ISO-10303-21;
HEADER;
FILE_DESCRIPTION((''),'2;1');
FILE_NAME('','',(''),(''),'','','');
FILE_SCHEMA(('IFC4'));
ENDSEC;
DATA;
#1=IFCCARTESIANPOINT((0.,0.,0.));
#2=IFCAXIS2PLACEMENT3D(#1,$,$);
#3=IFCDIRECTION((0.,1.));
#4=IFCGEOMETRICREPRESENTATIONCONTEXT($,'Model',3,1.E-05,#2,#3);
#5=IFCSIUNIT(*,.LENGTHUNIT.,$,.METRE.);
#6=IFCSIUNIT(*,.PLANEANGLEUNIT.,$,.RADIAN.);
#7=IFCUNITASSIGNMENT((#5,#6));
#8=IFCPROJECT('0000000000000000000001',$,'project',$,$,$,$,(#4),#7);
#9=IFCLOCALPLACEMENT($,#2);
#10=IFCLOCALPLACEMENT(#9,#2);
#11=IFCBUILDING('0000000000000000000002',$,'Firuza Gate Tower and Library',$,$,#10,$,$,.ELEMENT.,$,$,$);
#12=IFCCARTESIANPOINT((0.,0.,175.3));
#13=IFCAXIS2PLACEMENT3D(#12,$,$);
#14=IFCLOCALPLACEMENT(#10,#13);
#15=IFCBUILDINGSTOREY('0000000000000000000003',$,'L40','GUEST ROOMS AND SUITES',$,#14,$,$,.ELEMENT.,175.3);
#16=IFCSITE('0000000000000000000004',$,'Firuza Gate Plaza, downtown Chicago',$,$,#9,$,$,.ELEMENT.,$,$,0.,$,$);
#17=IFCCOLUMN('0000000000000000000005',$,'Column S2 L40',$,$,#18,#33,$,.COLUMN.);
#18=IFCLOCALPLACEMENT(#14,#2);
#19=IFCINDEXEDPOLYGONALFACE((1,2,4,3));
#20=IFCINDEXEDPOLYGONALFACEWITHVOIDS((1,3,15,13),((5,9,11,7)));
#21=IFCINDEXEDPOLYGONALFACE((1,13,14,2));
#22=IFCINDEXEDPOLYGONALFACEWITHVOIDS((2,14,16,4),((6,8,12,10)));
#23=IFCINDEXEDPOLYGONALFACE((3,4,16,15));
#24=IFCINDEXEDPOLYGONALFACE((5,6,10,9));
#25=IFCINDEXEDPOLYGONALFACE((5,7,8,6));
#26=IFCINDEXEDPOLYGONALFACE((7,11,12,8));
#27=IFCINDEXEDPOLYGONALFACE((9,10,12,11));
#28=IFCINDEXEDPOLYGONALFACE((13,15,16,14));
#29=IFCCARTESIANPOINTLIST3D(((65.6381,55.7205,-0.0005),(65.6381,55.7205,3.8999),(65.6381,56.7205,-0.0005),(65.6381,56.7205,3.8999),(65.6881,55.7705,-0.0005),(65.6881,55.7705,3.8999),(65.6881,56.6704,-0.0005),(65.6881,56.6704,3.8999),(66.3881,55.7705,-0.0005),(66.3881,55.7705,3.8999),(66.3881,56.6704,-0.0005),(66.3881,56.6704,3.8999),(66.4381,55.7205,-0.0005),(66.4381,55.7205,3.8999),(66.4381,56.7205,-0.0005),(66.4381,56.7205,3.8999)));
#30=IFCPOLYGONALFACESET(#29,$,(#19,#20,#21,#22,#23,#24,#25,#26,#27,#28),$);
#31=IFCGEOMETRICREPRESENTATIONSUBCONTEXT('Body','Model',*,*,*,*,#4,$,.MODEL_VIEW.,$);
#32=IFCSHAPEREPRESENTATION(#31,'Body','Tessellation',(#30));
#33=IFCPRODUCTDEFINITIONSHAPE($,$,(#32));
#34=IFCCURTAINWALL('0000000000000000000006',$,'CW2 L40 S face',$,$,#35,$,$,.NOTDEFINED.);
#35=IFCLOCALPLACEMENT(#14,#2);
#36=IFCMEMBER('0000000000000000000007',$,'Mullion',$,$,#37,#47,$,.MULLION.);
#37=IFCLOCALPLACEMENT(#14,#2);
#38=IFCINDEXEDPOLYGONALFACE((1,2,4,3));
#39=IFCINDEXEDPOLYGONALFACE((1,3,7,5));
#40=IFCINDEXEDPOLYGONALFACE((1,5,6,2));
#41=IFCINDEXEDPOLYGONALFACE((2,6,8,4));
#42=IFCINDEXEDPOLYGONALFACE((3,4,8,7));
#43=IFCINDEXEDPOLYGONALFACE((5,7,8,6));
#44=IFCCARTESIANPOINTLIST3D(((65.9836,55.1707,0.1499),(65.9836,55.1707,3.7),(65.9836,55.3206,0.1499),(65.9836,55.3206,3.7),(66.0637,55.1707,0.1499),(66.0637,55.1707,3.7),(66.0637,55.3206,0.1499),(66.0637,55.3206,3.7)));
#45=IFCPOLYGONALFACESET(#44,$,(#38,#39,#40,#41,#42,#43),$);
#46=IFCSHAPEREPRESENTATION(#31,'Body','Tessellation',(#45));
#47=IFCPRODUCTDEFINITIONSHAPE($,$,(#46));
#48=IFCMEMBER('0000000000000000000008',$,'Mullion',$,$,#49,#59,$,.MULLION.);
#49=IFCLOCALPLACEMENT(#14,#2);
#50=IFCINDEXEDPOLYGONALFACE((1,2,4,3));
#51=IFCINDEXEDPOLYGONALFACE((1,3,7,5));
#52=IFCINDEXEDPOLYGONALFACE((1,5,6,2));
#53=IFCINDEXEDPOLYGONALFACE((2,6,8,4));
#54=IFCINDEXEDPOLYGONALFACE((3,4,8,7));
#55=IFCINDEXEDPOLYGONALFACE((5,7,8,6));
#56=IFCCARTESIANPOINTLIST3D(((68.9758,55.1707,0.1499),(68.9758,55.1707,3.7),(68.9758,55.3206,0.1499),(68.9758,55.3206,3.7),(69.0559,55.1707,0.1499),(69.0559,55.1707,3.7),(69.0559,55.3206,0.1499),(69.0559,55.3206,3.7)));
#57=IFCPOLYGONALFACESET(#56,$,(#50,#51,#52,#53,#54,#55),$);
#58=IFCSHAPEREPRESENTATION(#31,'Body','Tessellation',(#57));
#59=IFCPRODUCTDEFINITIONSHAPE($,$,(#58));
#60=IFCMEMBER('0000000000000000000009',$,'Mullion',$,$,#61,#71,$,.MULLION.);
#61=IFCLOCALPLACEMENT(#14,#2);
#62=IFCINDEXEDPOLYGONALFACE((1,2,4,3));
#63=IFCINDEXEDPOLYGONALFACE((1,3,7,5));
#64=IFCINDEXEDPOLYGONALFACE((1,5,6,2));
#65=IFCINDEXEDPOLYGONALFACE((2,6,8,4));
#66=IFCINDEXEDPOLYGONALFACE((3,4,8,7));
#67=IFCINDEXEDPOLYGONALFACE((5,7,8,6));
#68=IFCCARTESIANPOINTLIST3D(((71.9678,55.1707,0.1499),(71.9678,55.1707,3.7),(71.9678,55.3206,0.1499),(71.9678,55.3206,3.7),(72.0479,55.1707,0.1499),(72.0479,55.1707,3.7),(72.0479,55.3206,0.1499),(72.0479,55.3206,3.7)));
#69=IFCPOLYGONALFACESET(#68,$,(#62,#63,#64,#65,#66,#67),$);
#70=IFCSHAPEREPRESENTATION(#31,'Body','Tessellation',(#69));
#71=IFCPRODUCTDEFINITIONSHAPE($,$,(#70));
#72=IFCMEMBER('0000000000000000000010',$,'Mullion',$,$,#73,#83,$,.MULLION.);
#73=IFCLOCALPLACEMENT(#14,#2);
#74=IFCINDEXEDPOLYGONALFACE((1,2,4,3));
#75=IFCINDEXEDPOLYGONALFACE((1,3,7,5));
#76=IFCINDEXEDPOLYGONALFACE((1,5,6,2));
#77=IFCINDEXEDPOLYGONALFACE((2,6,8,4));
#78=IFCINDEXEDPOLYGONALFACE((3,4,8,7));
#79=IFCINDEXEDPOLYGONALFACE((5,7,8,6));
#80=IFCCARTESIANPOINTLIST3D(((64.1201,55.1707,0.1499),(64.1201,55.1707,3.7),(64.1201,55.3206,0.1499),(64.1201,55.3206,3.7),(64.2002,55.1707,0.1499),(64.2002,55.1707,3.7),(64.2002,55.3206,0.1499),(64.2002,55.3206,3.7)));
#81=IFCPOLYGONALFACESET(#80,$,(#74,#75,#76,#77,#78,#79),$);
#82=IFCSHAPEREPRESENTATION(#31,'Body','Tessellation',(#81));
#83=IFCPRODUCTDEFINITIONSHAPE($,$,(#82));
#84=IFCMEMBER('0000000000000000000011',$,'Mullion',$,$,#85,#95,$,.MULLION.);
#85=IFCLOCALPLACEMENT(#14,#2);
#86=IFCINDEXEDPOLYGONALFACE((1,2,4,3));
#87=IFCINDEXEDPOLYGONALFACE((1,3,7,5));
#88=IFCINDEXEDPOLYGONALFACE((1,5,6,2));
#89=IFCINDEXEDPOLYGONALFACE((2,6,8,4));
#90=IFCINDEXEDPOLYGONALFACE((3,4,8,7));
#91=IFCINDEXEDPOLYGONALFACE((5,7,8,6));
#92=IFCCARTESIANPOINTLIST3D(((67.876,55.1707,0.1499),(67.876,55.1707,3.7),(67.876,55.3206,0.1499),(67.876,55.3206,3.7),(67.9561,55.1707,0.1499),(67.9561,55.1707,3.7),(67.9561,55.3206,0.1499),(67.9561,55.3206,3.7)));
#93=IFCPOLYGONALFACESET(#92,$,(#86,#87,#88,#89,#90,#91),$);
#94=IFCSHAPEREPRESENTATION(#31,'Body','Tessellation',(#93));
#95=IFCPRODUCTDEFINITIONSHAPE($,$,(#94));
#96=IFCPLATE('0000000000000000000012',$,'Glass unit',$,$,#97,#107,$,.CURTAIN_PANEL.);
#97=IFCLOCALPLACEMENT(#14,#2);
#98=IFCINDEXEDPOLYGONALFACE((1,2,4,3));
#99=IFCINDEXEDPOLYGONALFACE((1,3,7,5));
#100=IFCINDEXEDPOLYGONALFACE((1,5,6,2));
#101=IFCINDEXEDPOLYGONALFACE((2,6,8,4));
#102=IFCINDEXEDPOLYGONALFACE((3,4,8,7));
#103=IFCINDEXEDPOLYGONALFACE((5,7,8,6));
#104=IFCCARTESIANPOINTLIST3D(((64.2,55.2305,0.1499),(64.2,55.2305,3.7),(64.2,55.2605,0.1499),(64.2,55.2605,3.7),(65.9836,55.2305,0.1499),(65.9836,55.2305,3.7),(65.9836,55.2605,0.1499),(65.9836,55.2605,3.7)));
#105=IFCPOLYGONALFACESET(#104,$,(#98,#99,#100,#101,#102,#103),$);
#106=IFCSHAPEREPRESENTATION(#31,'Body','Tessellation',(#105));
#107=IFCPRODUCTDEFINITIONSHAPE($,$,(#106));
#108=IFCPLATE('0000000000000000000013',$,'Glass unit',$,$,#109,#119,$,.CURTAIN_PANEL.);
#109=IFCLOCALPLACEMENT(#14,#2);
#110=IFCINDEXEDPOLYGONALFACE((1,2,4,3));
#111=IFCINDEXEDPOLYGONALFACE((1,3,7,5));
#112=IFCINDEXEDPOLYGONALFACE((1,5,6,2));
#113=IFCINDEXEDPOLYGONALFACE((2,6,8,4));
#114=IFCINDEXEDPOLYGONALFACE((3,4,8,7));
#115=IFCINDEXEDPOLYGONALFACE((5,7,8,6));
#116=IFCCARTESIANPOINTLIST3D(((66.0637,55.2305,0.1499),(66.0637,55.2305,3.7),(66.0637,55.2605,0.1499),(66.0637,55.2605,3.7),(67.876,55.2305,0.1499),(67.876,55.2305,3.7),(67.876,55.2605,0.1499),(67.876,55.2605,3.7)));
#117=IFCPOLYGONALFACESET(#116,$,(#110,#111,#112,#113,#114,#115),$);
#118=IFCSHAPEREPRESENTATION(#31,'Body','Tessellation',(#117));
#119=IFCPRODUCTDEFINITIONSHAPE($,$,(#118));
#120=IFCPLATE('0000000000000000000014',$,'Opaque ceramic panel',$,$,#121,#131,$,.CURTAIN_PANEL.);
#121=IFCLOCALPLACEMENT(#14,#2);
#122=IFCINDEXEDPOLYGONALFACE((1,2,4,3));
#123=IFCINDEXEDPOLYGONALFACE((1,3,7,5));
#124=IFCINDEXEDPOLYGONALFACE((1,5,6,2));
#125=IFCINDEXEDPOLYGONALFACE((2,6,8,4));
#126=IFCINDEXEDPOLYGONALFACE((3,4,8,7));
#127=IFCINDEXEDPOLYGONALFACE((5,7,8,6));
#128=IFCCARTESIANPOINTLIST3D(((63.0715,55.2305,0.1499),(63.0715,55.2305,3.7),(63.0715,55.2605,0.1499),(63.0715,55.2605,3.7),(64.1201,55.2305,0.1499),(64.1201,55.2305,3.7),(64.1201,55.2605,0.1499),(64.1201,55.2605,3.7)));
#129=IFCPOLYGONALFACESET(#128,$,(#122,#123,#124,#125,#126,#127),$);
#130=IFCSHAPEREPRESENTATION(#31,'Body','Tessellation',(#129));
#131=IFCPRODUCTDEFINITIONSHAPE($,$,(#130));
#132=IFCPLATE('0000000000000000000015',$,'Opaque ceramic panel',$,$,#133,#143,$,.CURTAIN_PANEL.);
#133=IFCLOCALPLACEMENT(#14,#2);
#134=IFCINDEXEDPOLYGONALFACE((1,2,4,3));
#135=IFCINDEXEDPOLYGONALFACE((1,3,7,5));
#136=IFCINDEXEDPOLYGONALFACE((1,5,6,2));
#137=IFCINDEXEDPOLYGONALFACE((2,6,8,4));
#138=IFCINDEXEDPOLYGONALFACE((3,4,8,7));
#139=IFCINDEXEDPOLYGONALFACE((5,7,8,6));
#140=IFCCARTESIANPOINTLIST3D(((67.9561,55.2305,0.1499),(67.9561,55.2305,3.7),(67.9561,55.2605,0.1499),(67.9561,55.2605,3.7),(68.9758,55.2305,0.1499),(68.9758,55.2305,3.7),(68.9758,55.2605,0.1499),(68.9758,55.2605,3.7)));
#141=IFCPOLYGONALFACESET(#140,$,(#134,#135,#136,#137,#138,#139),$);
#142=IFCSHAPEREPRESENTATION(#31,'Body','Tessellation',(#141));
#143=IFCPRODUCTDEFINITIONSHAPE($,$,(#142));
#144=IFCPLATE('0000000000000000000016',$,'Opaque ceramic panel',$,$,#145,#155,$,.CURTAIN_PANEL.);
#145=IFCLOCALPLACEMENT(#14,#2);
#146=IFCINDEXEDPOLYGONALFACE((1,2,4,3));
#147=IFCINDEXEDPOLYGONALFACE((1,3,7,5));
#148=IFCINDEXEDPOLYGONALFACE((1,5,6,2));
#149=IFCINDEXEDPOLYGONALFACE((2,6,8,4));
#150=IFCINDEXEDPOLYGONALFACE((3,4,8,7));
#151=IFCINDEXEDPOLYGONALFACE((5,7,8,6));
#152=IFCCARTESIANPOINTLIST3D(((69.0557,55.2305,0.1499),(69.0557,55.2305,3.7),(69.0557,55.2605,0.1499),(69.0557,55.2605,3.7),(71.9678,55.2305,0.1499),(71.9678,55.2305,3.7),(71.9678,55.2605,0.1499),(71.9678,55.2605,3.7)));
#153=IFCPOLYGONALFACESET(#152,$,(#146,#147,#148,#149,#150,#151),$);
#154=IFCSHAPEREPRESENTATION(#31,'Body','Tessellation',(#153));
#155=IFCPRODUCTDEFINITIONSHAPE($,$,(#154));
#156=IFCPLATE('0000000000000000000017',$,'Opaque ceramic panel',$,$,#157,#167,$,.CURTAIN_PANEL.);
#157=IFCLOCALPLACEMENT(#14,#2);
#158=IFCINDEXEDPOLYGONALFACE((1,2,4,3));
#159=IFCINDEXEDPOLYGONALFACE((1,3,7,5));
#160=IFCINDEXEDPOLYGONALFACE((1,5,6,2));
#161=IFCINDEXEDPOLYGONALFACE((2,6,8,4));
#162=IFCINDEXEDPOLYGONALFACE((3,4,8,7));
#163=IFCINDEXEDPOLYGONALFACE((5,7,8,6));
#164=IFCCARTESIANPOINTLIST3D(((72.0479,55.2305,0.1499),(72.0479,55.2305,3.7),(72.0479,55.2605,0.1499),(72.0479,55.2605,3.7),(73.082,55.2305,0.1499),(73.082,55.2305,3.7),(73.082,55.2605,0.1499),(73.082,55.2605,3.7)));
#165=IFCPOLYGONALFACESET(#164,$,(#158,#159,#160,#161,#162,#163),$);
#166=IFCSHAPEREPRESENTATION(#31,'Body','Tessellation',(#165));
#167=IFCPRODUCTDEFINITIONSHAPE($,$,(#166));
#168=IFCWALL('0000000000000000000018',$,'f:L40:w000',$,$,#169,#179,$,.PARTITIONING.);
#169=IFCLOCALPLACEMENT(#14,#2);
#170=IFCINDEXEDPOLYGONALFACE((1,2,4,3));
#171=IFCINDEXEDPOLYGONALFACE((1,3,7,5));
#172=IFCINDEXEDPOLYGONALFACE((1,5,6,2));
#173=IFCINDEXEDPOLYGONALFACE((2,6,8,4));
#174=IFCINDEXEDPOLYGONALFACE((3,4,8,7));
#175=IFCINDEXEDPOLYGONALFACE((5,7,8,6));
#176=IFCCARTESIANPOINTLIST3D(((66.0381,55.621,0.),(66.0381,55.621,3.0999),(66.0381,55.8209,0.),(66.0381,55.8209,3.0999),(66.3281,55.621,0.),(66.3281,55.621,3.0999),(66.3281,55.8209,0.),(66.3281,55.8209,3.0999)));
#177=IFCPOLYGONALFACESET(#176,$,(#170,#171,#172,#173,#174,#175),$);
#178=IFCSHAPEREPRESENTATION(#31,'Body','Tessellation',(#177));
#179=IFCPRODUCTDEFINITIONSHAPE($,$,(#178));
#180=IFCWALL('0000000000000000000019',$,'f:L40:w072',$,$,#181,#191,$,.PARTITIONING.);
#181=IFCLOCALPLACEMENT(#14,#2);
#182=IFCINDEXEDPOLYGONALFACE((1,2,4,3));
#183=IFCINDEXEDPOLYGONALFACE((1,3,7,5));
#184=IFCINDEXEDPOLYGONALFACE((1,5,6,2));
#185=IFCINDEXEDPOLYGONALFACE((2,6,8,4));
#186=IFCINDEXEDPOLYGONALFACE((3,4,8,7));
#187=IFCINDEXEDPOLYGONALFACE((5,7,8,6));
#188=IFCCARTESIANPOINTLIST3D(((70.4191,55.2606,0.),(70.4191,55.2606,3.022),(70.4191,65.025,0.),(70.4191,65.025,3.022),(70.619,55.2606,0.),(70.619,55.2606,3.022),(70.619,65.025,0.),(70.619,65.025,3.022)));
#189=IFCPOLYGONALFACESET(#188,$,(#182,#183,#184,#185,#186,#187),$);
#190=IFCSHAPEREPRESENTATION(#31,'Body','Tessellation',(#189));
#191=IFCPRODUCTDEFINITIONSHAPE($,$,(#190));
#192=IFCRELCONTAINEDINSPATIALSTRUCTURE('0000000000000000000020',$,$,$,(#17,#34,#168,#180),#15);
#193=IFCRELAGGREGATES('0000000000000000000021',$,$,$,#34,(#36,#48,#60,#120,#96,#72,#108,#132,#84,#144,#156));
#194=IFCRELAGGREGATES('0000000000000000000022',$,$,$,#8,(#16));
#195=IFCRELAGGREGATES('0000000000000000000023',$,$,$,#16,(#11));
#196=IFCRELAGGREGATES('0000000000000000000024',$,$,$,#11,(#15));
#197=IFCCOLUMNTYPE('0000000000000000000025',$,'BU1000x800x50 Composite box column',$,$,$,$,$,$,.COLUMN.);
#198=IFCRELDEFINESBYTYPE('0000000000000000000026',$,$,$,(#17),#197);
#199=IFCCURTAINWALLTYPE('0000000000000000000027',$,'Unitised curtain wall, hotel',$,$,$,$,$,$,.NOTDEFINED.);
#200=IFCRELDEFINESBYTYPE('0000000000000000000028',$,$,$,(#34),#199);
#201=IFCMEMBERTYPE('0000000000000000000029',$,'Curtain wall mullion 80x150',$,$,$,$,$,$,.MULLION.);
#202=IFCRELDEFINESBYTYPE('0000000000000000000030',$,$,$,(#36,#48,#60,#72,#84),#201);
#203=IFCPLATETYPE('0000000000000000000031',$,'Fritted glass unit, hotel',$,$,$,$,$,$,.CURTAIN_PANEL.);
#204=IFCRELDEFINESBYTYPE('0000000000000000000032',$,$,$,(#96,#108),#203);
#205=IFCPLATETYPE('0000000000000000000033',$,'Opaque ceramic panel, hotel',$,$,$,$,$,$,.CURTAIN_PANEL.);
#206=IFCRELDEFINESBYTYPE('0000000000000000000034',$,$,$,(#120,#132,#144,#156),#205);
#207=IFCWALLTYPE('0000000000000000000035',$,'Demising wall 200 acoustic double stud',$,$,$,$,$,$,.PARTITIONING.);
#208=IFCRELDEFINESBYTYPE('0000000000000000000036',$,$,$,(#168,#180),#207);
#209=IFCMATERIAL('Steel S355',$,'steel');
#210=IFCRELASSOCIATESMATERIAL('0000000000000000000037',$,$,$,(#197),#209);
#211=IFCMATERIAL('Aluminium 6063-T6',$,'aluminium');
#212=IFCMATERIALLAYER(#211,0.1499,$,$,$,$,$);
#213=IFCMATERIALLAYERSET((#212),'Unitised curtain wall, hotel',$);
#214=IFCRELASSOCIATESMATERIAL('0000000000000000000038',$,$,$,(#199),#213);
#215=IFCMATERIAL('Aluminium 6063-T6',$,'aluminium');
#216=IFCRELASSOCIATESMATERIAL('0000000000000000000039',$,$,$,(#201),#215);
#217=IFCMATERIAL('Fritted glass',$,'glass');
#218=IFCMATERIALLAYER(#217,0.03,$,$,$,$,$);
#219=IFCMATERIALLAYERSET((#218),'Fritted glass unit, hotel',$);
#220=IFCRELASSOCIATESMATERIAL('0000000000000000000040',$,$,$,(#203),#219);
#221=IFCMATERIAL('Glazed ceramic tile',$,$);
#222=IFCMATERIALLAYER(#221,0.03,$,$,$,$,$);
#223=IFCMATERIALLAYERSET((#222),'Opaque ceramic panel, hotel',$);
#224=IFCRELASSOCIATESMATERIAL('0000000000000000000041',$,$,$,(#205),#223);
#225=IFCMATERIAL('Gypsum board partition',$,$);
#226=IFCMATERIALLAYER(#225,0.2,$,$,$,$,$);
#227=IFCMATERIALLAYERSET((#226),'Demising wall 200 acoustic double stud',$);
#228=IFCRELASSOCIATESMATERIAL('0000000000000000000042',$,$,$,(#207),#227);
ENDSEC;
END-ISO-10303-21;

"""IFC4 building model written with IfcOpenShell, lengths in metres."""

from ifc_helpers import new_model, si_unit, direction, frame, frame_2d, origin, origin_2d, place, context, subcontext, project, spatial, polyline, rectangle, hollow_rectangle, outline, extrude, material, layer, layer_set, material_profile, profile_set, type_object, element, aggregate, save


model = new_model("IFC4")

# Units and contexts
model_context = context("Model", 3, precision=1e-05, world=origin(), true_north=direction((0.0, 1.0)))
body_context = subcontext(model_context, "Body", "Model", "MODEL_VIEW")
ifc_project = project(units=[si_unit("LENGTHUNIT", "METRE"), si_unit("PLANEANGLEUNIT", "RADIAN")], contexts=[model_context])

# Site, building, storey
site_placement = place(None, origin())
site = spatial("IfcSite", under=ifc_project, at=site_placement, Name="Firuza Gate Plaza, downtown Chicago", CompositionType="ELEMENT", RefElevation=0.0)
building_placement = place(site_placement, origin())
building = spatial("IfcBuilding", under=site, at=building_placement, Name="Firuza Gate Tower and Library", CompositionType="ELEMENT")
storey_placement = place(building_placement, frame((0.0, 0.0, 175.3)))
storey = spatial("IfcBuildingStorey", under=building, at=storey_placement, Name="L40", Description="GUEST ROOMS AND SUITES", CompositionType="ELEMENT", Elevation=175.3)

# Column
ifc_material_1 = material(Name="Steel S355", Category="steel")
ifc_material_profile_1 = material_profile(ifc_material_1, hollow_rectangle(XDim=0.8, YDim=1.0, WallThickness=0.05, at=origin_2d()))
ifc_profile_set_1 = profile_set([ifc_material_profile_1], Name="Steel S355")
column_type = type_object("IfcColumnType", Name="BU1000x800x50 Composite box column", PredefinedType="COLUMN", material=ifc_profile_set_1)
column_placement = place(storey_placement, frame((66.0381, 56.2205, -0.0005), z_axis=(0.0, 0.0, 1.0), x_axis=(1.0, 0.0, 0.0)))
element("IfcColumn", 1, at=column_placement, inside=storey, type_object=column_type, Name="Column S2 L40", PredefinedType="COLUMN", context=body_context, shape_type="SweptSolid", body=[
    extrude(hollow_rectangle(XDim=0.8, YDim=1.0, WallThickness=0.05, at=origin_2d()), origin(), (0.0, 0.0, 1.0), 3.9004),
])

# Curtain wall, members, plates
ifc_material_2 = material(Name="Aluminium 6063-T6", Category="aluminium")
ifc_layer_1 = layer(ifc_material_2, 0.1499)
ifc_layer_set_1 = layer_set([ifc_layer_1], Name="Unitised curtain wall, hotel")
curtain_wall_type = type_object("IfcCurtainWallType", Name="Unitised curtain wall, hotel", PredefinedType="NOTDEFINED", material=ifc_layer_set_1)
curtain_wall_placement = place(storey_placement, origin())
curtain_wall = element("IfcCurtainWall", 2, at=curtain_wall_placement, inside=storey, type_object=curtain_wall_type, Name="CW2 L40 S face", PredefinedType="NOTDEFINED")
ifc_material_3 = material(Name="Aluminium 6063-T6", Category="aluminium")
ifc_material_profile_2 = material_profile(ifc_material_3, rectangle(XDim=0.1499, YDim=0.0801, at=origin_2d()))
ifc_profile_set_2 = profile_set([ifc_material_profile_2], Name="Aluminium 6063-T6")
member_type = type_object("IfcMemberType", Name="Curtain wall mullion 80x150", PredefinedType="MULLION", material=ifc_profile_set_2)
member_1_placement = place(storey_placement, frame((66.0237, 55.2456, 0.1499), z_axis=(0.0, 0.0, 1.0), x_axis=(0.0, 1.0, 0.0)))
member_1 = element("IfcMember", 3, at=member_1_placement, type_object=member_type, Name="Mullion", PredefinedType="MULLION", context=body_context, shape_type="SweptSolid", body=[
    extrude(rectangle(XDim=0.1499, YDim=0.0801, at=origin_2d()), origin(), (0.0, 0.0, 1.0), 3.55),
])
member_2_placement = place(storey_placement, frame((69.0159, 55.2456, 0.1499), z_axis=(0.0, 0.0, 1.0), x_axis=(0.0, 1.0, 0.0)))
member_2 = element("IfcMember", 4, at=member_2_placement, type_object=member_type, Name="Mullion", PredefinedType="MULLION", context=body_context, shape_type="SweptSolid", body=[
    extrude(rectangle(XDim=0.1499, YDim=0.0801, at=origin_2d()), origin(), (0.0, 0.0, 1.0), 3.55),
])
member_3_placement = place(storey_placement, frame((72.0078, 55.2456, 0.1499), z_axis=(0.0, 0.0, 1.0), x_axis=(0.0, 1.0, 0.0)))
member_3 = element("IfcMember", 5, at=member_3_placement, type_object=member_type, Name="Mullion", PredefinedType="MULLION", context=body_context, shape_type="SweptSolid", body=[
    extrude(rectangle(XDim=0.1499, YDim=0.0801, at=origin_2d()), origin(), (0.0, 0.0, 1.0), 3.55),
])
member_4_placement = place(storey_placement, frame((64.1602, 55.2456, 0.1499), z_axis=(0.0, 0.0, 1.0), x_axis=(0.0, 1.0, 0.0)))
member_4 = element("IfcMember", 6, at=member_4_placement, type_object=member_type, Name="Mullion", PredefinedType="MULLION", context=body_context, shape_type="SweptSolid", body=[
    extrude(rectangle(XDim=0.1499, YDim=0.0801, at=origin_2d()), origin(), (0.0, 0.0, 1.0), 3.55),
])
member_5_placement = place(storey_placement, frame((67.916, 55.2456, 0.1499), z_axis=(0.0, 0.0, 1.0), x_axis=(0.0, 1.0, 0.0)))
member_5 = element("IfcMember", 7, at=member_5_placement, type_object=member_type, Name="Mullion", PredefinedType="MULLION", context=body_context, shape_type="SweptSolid", body=[
    extrude(rectangle(XDim=0.1499, YDim=0.0801, at=origin_2d()), origin(), (0.0, 0.0, 1.0), 3.55),
])
ifc_material_4 = material(Name="Fritted glass", Category="glass")
ifc_layer_2 = layer(ifc_material_4, 0.03)
ifc_layer_set_2 = layer_set([ifc_layer_2], Name="Fritted glass unit, hotel")
plate_type_1 = type_object("IfcPlateType", Name="Fritted glass unit, hotel", PredefinedType="CURTAIN_PANEL", material=ifc_layer_set_2)
plate_1_placement = place(storey_placement, frame((64.2, 55.2305, 0.1499), z_axis=(0.0, -1.0, 0.0), x_axis=(1.0, 0.0, 0.0)))
plate_1 = element("IfcPlate", 8, at=plate_1_placement, type_object=plate_type_1, Name="Glass unit", PredefinedType="CURTAIN_PANEL", context=body_context, shape_type="SweptSolid", body=[
    extrude(outline(polyline([(0.0, 0.0), (1.7837, 0.0), (1.7837, 3.55), (0.0, 3.55), (0.0, 0.0)])), origin(), (0.0, 0.0, -1.0), 0.03),
])
plate_2_placement = place(storey_placement, frame((66.0637, 55.2305, 0.1499), z_axis=(0.0, -1.0, 0.0), x_axis=(1.0, 0.0, 0.0)))
plate_2 = element("IfcPlate", 9, at=plate_2_placement, type_object=plate_type_1, Name="Glass unit", PredefinedType="CURTAIN_PANEL", context=body_context, shape_type="SweptSolid", body=[
    extrude(outline(polyline([(0.0, 0.0), (1.8123, 0.0), (1.8123, 3.55), (0.0, 3.55), (0.0, 0.0)])), origin(), (0.0, 0.0, -1.0), 0.03),
])
ifc_material_5 = material(Name="Glazed ceramic tile")
ifc_layer_3 = layer(ifc_material_5, 0.03)
ifc_layer_set_3 = layer_set([ifc_layer_3], Name="Opaque ceramic panel, hotel")
plate_type_2 = type_object("IfcPlateType", Name="Opaque ceramic panel, hotel", PredefinedType="CURTAIN_PANEL", material=ifc_layer_set_3)
plate_3_placement = place(storey_placement, frame((63.0715, 55.2305, 0.1499), z_axis=(0.0, -1.0, 0.0), x_axis=(1.0, 0.0, 0.0)))
plate_3 = element("IfcPlate", 10, at=plate_3_placement, type_object=plate_type_2, Name="Opaque ceramic panel", PredefinedType="CURTAIN_PANEL", context=body_context, shape_type="SweptSolid", body=[
    extrude(outline(polyline([(0.0, 0.0), (1.0486, 0.0), (1.0486, 3.55), (0.0, 3.55), (0.0, 0.0)])), origin(), (0.0, 0.0, -1.0), 0.03),
])
plate_4_placement = place(storey_placement, frame((67.9561, 55.2305, 0.1499), z_axis=(0.0, -1.0, 0.0), x_axis=(1.0, 0.0, 0.0)))
plate_4 = element("IfcPlate", 11, at=plate_4_placement, type_object=plate_type_2, Name="Opaque ceramic panel", PredefinedType="CURTAIN_PANEL", context=body_context, shape_type="SweptSolid", body=[
    extrude(outline(polyline([(0.0, 0.0), (1.0198, 0.0), (1.0198, 3.55), (0.0, 3.55), (0.0, 0.0)])), origin(), (0.0, 0.0, -1.0), 0.03),
])
plate_5_placement = place(storey_placement, frame((69.0557, 55.2305, 0.1499), z_axis=(0.0, -1.0, 0.0), x_axis=(1.0, 0.0, 0.0)))
plate_5 = element("IfcPlate", 12, at=plate_5_placement, type_object=plate_type_2, Name="Opaque ceramic panel", PredefinedType="CURTAIN_PANEL", context=body_context, shape_type="SweptSolid", body=[
    extrude(outline(polyline([(0.0, 0.0), (2.9121, 0.0), (2.9121, 3.55), (0.0, 3.55), (0.0, 0.0)])), origin(), (0.0, 0.0, -1.0), 0.03),
])
plate_6_placement = place(storey_placement, frame((72.0479, 55.2305, 0.1499), z_axis=(0.0, -1.0, 0.0), x_axis=(1.0, 0.0, 0.0)))
plate_6 = element("IfcPlate", 13, at=plate_6_placement, type_object=plate_type_2, Name="Opaque ceramic panel", PredefinedType="CURTAIN_PANEL", context=body_context, shape_type="SweptSolid", body=[
    extrude(outline(polyline([(0.0, 0.0), (1.0342, 0.0), (1.0342, 3.55), (0.0, 3.55), (0.0, 0.0)])), origin(), (0.0, 0.0, -1.0), 0.03),
])
aggregate(curtain_wall, [member_1, member_2, member_3, plate_3, plate_1, member_4, plate_2, plate_4, member_5, plate_5, plate_6])

# Walls
ifc_material_6 = material(Name="Gypsum board partition")
ifc_layer_4 = layer(ifc_material_6, 0.2)
ifc_layer_set_4 = layer_set([ifc_layer_4], Name="Demising wall 200 acoustic double stud")
wall_type = type_object("IfcWallType", Name="Demising wall 200 acoustic double stud", PredefinedType="PARTITIONING", material=ifc_layer_set_4)
wall_1_placement = place(storey_placement, frame((66.0381, 55.7209, 0.0), z_axis=(0.0, 0.0, 1.0), x_axis=(1.0, 0.0, 0.0)))
element("IfcWall", 14, at=wall_1_placement, inside=storey, type_object=wall_type, Name="f:L40:w000", PredefinedType="PARTITIONING", context=body_context, shape_type="SweptSolid", body=[
    extrude(rectangle(XDim=0.29, YDim=0.2, at=frame_2d((0.145, 0.0))), origin(), (0.0, 0.0, 1.0), 3.0999),
])
wall_2_placement = place(storey_placement, frame((70.519, 55.2605, 0.0), z_axis=(0.0, 0.0, 1.0), x_axis=(0.0, 1.0, 0.0)))
element("IfcWall", 15, at=wall_2_placement, inside=storey, type_object=wall_type, Name="f:L40:w072", PredefinedType="PARTITIONING", context=body_context, shape_type="SweptSolid", body=[
    extrude(rectangle(XDim=9.7644, YDim=0.2, at=frame_2d((4.8823, 0.0))), origin(), (0.0, 0.0, 1.0), 3.022),
])

save(model, "model.ifc")
